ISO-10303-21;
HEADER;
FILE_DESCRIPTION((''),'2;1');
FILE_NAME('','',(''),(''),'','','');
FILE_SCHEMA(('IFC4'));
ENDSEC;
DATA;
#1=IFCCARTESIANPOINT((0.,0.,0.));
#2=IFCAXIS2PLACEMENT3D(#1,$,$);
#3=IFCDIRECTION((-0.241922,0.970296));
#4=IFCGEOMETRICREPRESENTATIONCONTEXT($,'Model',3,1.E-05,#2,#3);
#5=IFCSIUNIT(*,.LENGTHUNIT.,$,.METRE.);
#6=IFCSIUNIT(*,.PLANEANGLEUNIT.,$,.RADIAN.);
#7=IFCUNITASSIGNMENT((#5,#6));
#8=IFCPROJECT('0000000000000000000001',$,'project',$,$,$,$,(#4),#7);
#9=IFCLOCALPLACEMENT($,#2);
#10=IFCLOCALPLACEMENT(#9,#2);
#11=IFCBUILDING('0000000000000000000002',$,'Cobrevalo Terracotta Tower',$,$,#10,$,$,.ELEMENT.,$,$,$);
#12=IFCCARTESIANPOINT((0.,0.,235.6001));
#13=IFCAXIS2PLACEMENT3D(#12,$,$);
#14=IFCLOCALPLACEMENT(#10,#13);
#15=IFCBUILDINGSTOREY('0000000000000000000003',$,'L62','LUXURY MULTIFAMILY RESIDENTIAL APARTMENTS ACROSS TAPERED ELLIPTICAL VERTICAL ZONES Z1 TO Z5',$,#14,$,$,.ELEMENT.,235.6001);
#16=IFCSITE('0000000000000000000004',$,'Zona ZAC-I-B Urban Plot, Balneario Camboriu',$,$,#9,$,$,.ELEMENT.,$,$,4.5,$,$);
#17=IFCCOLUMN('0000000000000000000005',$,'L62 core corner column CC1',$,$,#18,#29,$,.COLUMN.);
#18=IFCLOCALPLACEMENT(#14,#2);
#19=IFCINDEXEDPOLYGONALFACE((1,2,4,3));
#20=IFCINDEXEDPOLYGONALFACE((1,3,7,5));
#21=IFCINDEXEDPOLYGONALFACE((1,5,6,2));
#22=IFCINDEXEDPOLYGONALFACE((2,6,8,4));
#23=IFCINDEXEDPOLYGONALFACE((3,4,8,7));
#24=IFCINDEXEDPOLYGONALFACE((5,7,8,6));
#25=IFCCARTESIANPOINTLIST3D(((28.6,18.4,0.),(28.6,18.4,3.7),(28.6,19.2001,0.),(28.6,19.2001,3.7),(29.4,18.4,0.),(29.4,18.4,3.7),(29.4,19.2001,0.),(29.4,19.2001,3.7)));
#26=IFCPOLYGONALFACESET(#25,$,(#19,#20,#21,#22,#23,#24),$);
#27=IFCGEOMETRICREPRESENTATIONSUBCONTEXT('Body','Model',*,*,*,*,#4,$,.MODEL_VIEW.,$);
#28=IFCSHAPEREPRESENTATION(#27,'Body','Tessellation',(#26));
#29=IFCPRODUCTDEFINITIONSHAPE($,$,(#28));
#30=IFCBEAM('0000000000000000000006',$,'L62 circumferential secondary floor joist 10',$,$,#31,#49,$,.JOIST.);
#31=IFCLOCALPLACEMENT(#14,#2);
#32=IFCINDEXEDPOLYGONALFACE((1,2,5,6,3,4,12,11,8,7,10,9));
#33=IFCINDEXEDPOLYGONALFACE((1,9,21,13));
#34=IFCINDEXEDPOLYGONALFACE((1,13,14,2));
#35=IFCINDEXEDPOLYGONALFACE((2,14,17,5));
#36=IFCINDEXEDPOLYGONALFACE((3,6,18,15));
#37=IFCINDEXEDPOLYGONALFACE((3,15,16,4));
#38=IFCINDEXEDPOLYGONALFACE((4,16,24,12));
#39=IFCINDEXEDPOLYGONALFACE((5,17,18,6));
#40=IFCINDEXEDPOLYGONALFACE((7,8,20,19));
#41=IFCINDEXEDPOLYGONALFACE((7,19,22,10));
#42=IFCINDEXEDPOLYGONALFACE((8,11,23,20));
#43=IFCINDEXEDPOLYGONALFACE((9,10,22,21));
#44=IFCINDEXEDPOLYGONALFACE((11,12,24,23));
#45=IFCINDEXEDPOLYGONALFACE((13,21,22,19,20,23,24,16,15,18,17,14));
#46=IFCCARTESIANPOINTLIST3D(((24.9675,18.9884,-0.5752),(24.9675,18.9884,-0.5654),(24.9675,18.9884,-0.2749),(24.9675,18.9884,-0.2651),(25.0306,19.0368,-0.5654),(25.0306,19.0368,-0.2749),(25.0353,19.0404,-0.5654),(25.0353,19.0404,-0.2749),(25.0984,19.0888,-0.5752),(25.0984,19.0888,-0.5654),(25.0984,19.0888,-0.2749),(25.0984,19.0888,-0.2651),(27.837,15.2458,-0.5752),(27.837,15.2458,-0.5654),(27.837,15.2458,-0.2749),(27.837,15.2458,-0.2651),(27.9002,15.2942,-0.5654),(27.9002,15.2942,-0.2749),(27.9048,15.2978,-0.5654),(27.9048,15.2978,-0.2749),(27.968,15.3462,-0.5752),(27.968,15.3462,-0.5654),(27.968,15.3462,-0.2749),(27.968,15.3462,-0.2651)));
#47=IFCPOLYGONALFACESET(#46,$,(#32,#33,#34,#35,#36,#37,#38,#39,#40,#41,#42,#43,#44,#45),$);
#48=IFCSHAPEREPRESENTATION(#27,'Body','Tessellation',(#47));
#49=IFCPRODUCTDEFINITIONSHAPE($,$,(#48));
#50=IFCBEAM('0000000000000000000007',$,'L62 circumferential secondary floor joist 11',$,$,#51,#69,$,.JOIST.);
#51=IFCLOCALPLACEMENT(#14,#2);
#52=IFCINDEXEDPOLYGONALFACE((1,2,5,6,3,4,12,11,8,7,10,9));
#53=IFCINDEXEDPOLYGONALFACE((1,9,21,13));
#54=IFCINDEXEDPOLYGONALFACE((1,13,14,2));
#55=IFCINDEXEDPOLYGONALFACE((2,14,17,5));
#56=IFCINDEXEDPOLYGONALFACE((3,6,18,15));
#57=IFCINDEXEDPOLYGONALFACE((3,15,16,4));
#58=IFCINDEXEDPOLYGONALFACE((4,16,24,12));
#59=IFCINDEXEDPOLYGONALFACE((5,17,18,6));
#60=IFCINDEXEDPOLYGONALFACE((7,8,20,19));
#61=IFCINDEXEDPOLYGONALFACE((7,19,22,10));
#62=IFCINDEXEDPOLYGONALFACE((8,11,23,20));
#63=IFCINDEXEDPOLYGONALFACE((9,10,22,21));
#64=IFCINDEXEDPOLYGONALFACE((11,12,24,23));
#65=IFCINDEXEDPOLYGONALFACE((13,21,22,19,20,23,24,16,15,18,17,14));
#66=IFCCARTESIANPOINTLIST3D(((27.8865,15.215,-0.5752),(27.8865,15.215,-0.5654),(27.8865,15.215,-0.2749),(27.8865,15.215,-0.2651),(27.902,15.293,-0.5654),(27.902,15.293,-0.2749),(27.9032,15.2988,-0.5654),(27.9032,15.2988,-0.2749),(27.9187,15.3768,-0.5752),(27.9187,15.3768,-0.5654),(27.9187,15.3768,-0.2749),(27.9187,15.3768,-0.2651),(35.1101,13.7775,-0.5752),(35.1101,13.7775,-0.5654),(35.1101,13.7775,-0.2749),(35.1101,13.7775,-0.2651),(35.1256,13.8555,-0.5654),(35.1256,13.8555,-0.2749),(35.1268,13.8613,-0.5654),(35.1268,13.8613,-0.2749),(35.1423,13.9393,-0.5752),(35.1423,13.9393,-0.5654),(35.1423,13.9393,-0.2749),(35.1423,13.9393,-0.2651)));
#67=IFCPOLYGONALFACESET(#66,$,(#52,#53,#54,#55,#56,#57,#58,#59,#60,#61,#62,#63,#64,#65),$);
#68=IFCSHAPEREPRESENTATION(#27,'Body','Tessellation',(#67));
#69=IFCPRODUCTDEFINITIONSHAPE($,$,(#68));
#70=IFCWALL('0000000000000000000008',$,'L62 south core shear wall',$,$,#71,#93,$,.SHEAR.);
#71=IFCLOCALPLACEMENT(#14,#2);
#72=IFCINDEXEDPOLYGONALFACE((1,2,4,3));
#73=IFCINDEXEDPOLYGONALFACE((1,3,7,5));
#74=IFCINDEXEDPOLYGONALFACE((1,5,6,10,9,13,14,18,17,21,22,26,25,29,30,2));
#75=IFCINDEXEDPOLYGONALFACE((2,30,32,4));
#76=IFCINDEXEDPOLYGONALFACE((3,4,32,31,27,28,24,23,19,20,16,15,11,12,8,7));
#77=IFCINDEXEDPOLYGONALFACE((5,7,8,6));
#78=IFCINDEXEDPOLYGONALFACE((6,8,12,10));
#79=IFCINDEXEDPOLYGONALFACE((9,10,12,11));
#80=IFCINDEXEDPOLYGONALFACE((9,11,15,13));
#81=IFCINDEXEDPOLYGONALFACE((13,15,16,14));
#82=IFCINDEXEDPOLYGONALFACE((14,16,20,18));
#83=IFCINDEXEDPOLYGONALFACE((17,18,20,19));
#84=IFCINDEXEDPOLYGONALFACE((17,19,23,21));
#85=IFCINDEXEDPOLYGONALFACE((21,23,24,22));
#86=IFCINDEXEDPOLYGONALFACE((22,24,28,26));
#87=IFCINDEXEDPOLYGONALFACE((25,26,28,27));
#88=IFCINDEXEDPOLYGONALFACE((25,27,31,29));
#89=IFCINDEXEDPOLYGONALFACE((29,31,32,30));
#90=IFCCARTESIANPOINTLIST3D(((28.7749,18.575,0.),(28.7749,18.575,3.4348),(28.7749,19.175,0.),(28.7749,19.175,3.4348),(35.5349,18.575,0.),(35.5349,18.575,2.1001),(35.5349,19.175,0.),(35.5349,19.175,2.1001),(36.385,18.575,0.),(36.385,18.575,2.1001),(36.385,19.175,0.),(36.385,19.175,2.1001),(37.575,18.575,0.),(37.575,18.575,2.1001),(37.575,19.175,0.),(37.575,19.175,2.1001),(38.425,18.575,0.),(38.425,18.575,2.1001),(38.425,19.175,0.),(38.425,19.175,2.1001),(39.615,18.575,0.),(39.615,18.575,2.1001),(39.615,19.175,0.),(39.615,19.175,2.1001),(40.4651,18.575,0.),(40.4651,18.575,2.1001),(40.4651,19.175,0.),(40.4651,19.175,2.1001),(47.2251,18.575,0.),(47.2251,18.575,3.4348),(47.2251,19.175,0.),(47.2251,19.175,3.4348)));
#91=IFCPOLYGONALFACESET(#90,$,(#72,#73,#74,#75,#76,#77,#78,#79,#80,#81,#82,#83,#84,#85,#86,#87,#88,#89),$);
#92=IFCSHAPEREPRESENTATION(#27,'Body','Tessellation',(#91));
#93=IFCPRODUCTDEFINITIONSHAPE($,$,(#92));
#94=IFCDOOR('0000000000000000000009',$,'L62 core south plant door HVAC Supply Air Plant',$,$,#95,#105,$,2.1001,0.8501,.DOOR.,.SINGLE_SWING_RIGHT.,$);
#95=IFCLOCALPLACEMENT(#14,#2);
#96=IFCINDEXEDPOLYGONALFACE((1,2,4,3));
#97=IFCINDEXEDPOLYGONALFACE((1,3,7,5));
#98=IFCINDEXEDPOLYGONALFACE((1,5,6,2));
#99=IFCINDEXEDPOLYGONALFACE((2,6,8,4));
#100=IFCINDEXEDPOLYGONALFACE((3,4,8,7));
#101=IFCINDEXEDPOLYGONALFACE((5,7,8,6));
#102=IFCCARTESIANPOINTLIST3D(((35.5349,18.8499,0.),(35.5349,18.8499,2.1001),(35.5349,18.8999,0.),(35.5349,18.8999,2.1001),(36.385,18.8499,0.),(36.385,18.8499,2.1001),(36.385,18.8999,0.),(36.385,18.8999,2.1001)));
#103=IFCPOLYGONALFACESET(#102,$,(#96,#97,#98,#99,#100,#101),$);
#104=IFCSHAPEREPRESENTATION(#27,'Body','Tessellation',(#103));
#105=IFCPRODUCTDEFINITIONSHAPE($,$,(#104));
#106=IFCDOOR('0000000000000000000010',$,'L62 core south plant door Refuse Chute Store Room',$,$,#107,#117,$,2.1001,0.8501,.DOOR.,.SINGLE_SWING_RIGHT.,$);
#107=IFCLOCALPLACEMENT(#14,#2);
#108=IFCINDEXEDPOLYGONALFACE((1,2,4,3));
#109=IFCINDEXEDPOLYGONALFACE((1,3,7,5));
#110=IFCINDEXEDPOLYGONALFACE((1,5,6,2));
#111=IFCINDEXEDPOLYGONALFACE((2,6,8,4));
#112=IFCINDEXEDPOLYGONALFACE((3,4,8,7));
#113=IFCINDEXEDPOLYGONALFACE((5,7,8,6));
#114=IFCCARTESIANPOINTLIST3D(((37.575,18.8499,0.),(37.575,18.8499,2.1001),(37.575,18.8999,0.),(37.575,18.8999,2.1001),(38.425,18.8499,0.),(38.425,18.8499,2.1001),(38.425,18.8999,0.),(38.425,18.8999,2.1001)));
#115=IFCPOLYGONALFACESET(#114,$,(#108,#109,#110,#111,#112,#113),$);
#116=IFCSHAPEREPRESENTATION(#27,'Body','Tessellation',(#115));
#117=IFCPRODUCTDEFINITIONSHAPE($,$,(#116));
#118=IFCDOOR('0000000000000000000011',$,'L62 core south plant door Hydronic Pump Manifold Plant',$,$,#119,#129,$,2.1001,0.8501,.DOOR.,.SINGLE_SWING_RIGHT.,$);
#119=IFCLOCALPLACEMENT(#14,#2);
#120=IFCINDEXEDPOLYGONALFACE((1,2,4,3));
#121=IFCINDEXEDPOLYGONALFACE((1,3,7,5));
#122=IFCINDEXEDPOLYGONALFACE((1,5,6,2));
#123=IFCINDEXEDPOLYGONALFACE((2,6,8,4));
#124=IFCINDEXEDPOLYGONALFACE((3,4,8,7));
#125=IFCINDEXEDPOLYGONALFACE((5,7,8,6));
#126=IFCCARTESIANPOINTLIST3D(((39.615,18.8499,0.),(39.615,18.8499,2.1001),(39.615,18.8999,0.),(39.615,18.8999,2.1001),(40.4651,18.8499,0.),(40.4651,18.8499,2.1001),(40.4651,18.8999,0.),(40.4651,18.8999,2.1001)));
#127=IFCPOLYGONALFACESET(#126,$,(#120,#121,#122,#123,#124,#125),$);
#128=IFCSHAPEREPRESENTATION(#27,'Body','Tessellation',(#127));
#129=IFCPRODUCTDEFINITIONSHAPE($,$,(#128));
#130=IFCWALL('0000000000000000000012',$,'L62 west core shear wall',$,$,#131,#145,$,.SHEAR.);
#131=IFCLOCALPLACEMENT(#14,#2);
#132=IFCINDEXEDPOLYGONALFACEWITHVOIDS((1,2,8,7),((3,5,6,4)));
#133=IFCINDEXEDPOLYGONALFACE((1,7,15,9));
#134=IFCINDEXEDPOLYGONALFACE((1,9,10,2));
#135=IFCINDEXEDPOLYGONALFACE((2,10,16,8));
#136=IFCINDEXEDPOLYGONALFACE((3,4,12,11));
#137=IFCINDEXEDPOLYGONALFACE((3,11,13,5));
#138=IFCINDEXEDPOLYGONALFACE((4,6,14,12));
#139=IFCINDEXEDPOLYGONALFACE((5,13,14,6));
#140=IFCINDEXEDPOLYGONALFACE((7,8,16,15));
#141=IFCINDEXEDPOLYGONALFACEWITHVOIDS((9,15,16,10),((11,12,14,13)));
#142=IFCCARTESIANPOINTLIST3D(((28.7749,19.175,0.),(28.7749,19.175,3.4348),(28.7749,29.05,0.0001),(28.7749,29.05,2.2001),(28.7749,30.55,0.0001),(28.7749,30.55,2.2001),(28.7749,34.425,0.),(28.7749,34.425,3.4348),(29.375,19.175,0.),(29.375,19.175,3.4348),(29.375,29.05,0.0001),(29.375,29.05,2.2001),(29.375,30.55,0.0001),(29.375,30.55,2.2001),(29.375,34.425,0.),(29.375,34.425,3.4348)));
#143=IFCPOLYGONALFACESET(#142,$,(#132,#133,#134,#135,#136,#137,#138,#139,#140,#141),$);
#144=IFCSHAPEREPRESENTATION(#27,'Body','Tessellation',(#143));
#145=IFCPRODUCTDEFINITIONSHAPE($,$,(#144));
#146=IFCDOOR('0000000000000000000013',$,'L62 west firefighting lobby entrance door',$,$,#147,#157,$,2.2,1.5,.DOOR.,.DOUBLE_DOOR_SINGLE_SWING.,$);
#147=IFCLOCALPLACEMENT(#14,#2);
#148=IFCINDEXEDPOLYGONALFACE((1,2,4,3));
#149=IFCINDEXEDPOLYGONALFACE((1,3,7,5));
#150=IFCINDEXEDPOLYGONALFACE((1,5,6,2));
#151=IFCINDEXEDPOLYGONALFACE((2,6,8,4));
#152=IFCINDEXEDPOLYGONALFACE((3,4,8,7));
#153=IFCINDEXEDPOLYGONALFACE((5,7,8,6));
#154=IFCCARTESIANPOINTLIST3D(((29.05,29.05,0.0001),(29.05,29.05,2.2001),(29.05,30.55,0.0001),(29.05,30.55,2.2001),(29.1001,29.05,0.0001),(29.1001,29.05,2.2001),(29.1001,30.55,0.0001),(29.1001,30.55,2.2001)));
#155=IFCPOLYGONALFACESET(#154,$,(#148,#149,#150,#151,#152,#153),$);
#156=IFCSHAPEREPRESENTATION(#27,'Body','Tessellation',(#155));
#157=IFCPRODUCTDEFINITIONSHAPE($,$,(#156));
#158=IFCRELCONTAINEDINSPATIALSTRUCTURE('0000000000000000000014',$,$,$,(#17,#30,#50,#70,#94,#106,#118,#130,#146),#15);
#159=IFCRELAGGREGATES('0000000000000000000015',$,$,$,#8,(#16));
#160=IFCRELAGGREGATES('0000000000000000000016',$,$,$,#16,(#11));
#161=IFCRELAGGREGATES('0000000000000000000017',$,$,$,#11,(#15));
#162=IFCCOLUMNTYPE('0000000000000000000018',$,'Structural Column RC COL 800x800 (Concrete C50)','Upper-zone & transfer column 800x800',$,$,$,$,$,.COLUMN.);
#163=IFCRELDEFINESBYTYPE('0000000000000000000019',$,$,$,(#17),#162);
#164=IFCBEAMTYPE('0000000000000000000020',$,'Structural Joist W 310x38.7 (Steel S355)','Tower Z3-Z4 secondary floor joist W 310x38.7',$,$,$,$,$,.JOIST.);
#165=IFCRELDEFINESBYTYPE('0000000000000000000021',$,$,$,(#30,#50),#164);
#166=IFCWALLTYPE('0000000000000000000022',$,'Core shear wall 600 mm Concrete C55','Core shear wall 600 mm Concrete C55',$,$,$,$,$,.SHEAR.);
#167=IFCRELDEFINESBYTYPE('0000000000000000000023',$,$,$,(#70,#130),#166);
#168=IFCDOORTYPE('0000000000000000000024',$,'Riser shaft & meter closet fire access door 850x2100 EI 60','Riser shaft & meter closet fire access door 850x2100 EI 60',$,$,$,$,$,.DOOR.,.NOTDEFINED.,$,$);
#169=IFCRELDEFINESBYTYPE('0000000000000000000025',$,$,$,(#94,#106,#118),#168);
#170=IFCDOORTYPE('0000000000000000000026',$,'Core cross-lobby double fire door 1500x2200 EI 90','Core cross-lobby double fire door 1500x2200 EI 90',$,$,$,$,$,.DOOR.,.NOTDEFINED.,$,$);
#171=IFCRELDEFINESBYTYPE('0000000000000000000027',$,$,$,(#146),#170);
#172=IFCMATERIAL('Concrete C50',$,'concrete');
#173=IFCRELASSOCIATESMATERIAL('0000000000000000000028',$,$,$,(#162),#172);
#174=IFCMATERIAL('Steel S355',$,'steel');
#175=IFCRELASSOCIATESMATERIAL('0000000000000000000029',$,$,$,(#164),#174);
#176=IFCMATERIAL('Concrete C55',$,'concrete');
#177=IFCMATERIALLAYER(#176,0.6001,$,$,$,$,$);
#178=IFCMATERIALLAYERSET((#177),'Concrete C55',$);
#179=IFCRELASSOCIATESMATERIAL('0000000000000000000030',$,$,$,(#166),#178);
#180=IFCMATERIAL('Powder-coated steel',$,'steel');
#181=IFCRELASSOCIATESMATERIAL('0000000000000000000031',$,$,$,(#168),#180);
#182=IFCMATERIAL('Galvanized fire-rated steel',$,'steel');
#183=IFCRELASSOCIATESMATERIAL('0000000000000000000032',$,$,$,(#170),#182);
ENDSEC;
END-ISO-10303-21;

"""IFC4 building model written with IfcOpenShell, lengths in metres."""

from ifc_helpers import new_model, si_unit, direction, frame, frame_2d, origin, origin_2d, place, context, subcontext, project, spatial, rectangle, i_section, extrude, source, transform, mapped, material, layer, layer_set, material_profile, profile_set, type_object, element, fill, save


model = new_model("IFC4")

# Units and contexts
model_context = context("Model", 3, precision=1e-05, world=origin(), true_north=direction((-0.241922, 0.970296)))
body_context = subcontext(model_context, "Body", "Model", "MODEL_VIEW")
ifc_project = project(units=[si_unit("LENGTHUNIT", "METRE"), si_unit("PLANEANGLEUNIT", "RADIAN")], contexts=[model_context])

# Site, building, storey
site_placement = place(None, origin())
site = spatial("IfcSite", under=ifc_project, at=site_placement, Name="Zona ZAC-I-B Urban Plot, Balneario Camboriu", CompositionType="ELEMENT", RefElevation=4.5)
building_placement = place(site_placement, origin())
building = spatial("IfcBuilding", under=site, at=building_placement, Name="Cobrevalo Terracotta Tower", CompositionType="ELEMENT")
storey_placement = place(building_placement, frame((0.0, 0.0, 235.6001)))
storey = spatial("IfcBuildingStorey", under=building, at=storey_placement, Name="L62", Description="LUXURY MULTIFAMILY RESIDENTIAL APARTMENTS ACROSS TAPERED ELLIPTICAL VERTICAL ZONES Z1 TO Z5", CompositionType="ELEMENT", Elevation=235.6001)

# Column
ifc_material_1 = material(Name="Concrete C50", Category="concrete")
ifc_material_profile_1 = material_profile(ifc_material_1, rectangle(XDim=0.8, YDim=0.8, at=origin_2d()), Name="RC COL 800x800")
ifc_profile_set_1 = profile_set([ifc_material_profile_1], Name="Concrete C50")
column_type = type_object("IfcColumnType", Name="Structural Column RC COL 800x800 (Concrete C50)", Description="Upper-zone & transfer column 800x800", PredefinedType="COLUMN", material=ifc_profile_set_1)
column_placement = place(storey_placement, frame((29.0, 18.8, 0.0), z_axis=(0.0, 0.0, 1.0), x_axis=(1.0, 0.0, 0.0)))
element("IfcColumn", 1, at=column_placement, inside=storey, type_object=column_type, Name="L62 core corner column CC1", PredefinedType="COLUMN", context=body_context, shape_type="SweptSolid", body=[
    extrude(rectangle(XDim=0.8, YDim=0.8, at=origin_2d()), origin(), (0.0, 0.0, 1.0), 3.7),
])

# Beams
ifc_material_2 = material(Name="Steel S355", Category="steel")
ifc_material_profile_2 = material_profile(ifc_material_2, i_section(OverallWidth=0.165, OverallDepth=0.3101, WebThickness=0.0059, FlangeThickness=0.0098, at=origin_2d()), Name="W 310x38.7")
ifc_profile_set_2 = profile_set([ifc_material_profile_2], Name="Steel S355")
beam_type = type_object("IfcBeamType", Name="Structural Joist W 310x38.7 (Steel S355)", Description="Tower Z3-Z4 secondary floor joist W 310x38.7", PredefinedType="JOIST", material=ifc_profile_set_2)
beam_1_placement = place(storey_placement, frame((25.033, 19.0386, -0.4202), z_axis=(0.608464, -0.793581, 0.0), x_axis=(0.793581, 0.608464, 0.0)))
element("IfcBeam", 2, at=beam_1_placement, inside=storey, type_object=beam_type, Name="L62 circumferential secondary floor joist 10", PredefinedType="JOIST", context=body_context, shape_type="SweptSolid", body=[
    extrude(i_section(OverallWidth=0.165, OverallDepth=0.3101, WebThickness=0.0059, FlangeThickness=0.0098, at=origin_2d()), origin(), (0.0, 0.0, 1.0), 4.7161),
])
beam_2_placement = place(storey_placement, frame((27.9026, 15.2959, -0.4202), z_axis=(0.980769, -0.195173, 0.0), x_axis=(0.195173, 0.980769, 0.0)))
element("IfcBeam", 3, at=beam_2_placement, inside=storey, type_object=beam_type, Name="L62 circumferential secondary floor joist 11", PredefinedType="JOIST", context=body_context, shape_type="SweptSolid", body=[
    extrude(i_section(OverallWidth=0.165, OverallDepth=0.3101, WebThickness=0.0059, FlangeThickness=0.0098, at=origin_2d()), origin(), (0.0, 0.0, 1.0), 7.3652),
])

# Wall, openings, doors
ifc_material_3 = material(Name="Concrete C55", Category="concrete")
ifc_layer_1 = layer(ifc_material_3, 0.6001)
ifc_layer_set_1 = layer_set([ifc_layer_1], Name="Concrete C55")
wall_type_1 = type_object("IfcWallType", Name="Core shear wall 600 mm Concrete C55", Description="Core shear wall 600 mm Concrete C55", PredefinedType="SHEAR", material=ifc_layer_set_1)
wall_1_placement = place(storey_placement, frame((28.7749, 18.875, 0.0), z_axis=(0.0, 0.0, 1.0), x_axis=(1.0, 0.0, 0.0)))
wall_1 = element("IfcWall", 4, at=wall_1_placement, inside=storey, type_object=wall_type_1, Name="L62 south core shear wall", PredefinedType="SHEAR", context=body_context, shape_type="SweptSolid", body=[
    extrude(rectangle(XDim=18.4502, YDim=0.6001, at=frame_2d((9.2251, 0.0))), origin(), (0.0, 0.0, 1.0), 3.4348),
])
opening_1_placement = place(wall_1_placement, frame((6.76, 0.0, 0.0)))
opening_1 = element("IfcOpeningElement", 5, at=opening_1_placement, cuts=wall_1, PredefinedType="OPENING", context=body_context, shape_type="SweptSolid", body=[
    extrude(rectangle(XDim=0.8501, YDim=2.1001, at=frame_2d((0.425, 1.05))), frame((0.0, 0.3101, 0.0), z_axis=(0.0, -1.0, 0.0), x_axis=(1.0, 0.0, 0.0)), (0.0, 0.0, 1.0), 0.6201),
])
opening_2_placement = place(wall_1_placement, frame((8.8, 0.0, 0.0)))
opening_2 = element("IfcOpeningElement", 6, at=opening_2_placement, cuts=wall_1, PredefinedType="OPENING", context=body_context, shape_type="SweptSolid", body=[
    extrude(rectangle(XDim=0.8501, YDim=2.1001, at=frame_2d((0.425, 1.05))), frame((0.0, 0.3101, 0.0), z_axis=(0.0, -1.0, 0.0), x_axis=(1.0, 0.0, 0.0)), (0.0, 0.0, 1.0), 0.6201),
])
opening_3_placement = place(wall_1_placement, frame((10.8401, 0.0, 0.0)))
opening_3 = element("IfcOpeningElement", 7, at=opening_3_placement, cuts=wall_1, PredefinedType="OPENING", context=body_context, shape_type="SweptSolid", body=[
    extrude(rectangle(XDim=0.8501, YDim=2.1001, at=frame_2d((0.425, 1.05))), frame((0.0, 0.3101, 0.0), z_axis=(0.0, -1.0, 0.0), x_axis=(1.0, 0.0, 0.0)), (0.0, 0.0, 1.0), 0.6201),
])
ifc_material_4 = material(Name="Powder-coated steel", Category="steel")
door_type_1 = type_object("IfcDoorType", Name="Riser shaft & meter closet fire access door 850x2100 EI 60", Description="Riser shaft & meter closet fire access door 850x2100 EI 60", OperationType="NOTDEFINED", PredefinedType="DOOR", material=ifc_material_4)
shared_shape_1 = source(origin(), body_context, "Body", "SweptSolid", [
    extrude(rectangle(XDim=0.8501, YDim=2.1001, at=frame_2d((0.425, 1.05))), frame((0.0, 0.0249, 0.0), z_axis=(0.0, -1.0, 0.0), x_axis=(1.0, 0.0, 0.0)), (0.0, 0.0, 1.0), 0.05),
])
door_1_placement = place(opening_1_placement, origin())
door_1 = element("IfcDoor", 8, at=door_1_placement, inside=storey, type_object=door_type_1, Name="L62 core south plant door HVAC Supply Air Plant", OperationType="SINGLE_SWING_RIGHT", OverallHeight=2.1001, OverallWidth=0.8501, PredefinedType="DOOR", context=body_context, shape_type="MappedRepresentation", body=[
    mapped(shared_shape_1, transform((0.0, 0.0, 0.0), scale=1.0)),
])
fill(opening_1, door_1)
door_2_placement = place(opening_2_placement, origin())
door_2 = element("IfcDoor", 9, at=door_2_placement, inside=storey, type_object=door_type_1, Name="L62 core south plant door Refuse Chute Store Room", OperationType="SINGLE_SWING_RIGHT", OverallHeight=2.1001, OverallWidth=0.8501, PredefinedType="DOOR", context=body_context, shape_type="MappedRepresentation", body=[
    mapped(shared_shape_1, transform((0.0, 0.0, 0.0), scale=1.0)),
])
fill(opening_2, door_2)
door_3_placement = place(opening_3_placement, origin())
door_3 = element("IfcDoor", 10, at=door_3_placement, inside=storey, type_object=door_type_1, Name="L62 core south plant door Hydronic Pump Manifold Plant", OperationType="SINGLE_SWING_RIGHT", OverallHeight=2.1001, OverallWidth=0.8501, PredefinedType="DOOR", context=body_context, shape_type="MappedRepresentation", body=[
    mapped(shared_shape_1, transform((0.0, 0.0, 0.0), scale=1.0)),
])
fill(opening_3, door_3)

# Wall, opening, door
wall_2_placement = place(storey_placement, frame((29.075, 19.175, 0.0), z_axis=(0.0, 0.0, 1.0), x_axis=(0.0, 1.0, 0.0)))
wall_2 = element("IfcWall", 11, at=wall_2_placement, inside=storey, type_object=wall_type_1, Name="L62 west core shear wall", PredefinedType="SHEAR", context=body_context, shape_type="SweptSolid", body=[
    extrude(rectangle(XDim=15.25, YDim=0.6001, at=frame_2d((7.625, 0.0))), origin(), (0.0, 0.0, 1.0), 3.4348),
])
opening_4_placement = place(wall_2_placement, frame((9.875, 0.0, 0.0)))
opening_4 = element("IfcOpeningElement", 12, at=opening_4_placement, cuts=wall_2, PredefinedType="OPENING", context=body_context, shape_type="SweptSolid", body=[
    extrude(rectangle(XDim=1.5, YDim=2.2, at=frame_2d((0.75, 1.1001))), frame((0.0, 0.3101, 0.0), z_axis=(0.0, -1.0, 0.0), x_axis=(1.0, 0.0, 0.0)), (0.0, 0.0, 1.0), 0.6201),
])
ifc_material_5 = material(Name="Galvanized fire-rated steel", Category="steel")
door_type_2 = type_object("IfcDoorType", Name="Core cross-lobby double fire door 1500x2200 EI 90", Description="Core cross-lobby double fire door 1500x2200 EI 90", OperationType="NOTDEFINED", PredefinedType="DOOR", material=ifc_material_5)
shared_shape_2 = source(origin(), body_context, "Body", "SweptSolid", [
    extrude(rectangle(XDim=1.5, YDim=2.2, at=frame_2d((0.75, 1.1001))), frame((0.0, 0.0249, 0.0), z_axis=(0.0, -1.0, 0.0), x_axis=(1.0, 0.0, 0.0)), (0.0, 0.0, 1.0), 0.05),
])
door_4_placement = place(opening_4_placement, origin())
door_4 = element("IfcDoor", 13, at=door_4_placement, inside=storey, type_object=door_type_2, Name="L62 west firefighting lobby entrance door", OperationType="DOUBLE_DOOR_SINGLE_SWING", OverallHeight=2.2, OverallWidth=1.5, PredefinedType="DOOR", context=body_context, shape_type="MappedRepresentation", body=[
    mapped(shared_shape_2, transform((0.0, 0.0, 0.0), scale=1.0)),
])
fill(opening_4, door_4)

save(model, "model.ifc")
